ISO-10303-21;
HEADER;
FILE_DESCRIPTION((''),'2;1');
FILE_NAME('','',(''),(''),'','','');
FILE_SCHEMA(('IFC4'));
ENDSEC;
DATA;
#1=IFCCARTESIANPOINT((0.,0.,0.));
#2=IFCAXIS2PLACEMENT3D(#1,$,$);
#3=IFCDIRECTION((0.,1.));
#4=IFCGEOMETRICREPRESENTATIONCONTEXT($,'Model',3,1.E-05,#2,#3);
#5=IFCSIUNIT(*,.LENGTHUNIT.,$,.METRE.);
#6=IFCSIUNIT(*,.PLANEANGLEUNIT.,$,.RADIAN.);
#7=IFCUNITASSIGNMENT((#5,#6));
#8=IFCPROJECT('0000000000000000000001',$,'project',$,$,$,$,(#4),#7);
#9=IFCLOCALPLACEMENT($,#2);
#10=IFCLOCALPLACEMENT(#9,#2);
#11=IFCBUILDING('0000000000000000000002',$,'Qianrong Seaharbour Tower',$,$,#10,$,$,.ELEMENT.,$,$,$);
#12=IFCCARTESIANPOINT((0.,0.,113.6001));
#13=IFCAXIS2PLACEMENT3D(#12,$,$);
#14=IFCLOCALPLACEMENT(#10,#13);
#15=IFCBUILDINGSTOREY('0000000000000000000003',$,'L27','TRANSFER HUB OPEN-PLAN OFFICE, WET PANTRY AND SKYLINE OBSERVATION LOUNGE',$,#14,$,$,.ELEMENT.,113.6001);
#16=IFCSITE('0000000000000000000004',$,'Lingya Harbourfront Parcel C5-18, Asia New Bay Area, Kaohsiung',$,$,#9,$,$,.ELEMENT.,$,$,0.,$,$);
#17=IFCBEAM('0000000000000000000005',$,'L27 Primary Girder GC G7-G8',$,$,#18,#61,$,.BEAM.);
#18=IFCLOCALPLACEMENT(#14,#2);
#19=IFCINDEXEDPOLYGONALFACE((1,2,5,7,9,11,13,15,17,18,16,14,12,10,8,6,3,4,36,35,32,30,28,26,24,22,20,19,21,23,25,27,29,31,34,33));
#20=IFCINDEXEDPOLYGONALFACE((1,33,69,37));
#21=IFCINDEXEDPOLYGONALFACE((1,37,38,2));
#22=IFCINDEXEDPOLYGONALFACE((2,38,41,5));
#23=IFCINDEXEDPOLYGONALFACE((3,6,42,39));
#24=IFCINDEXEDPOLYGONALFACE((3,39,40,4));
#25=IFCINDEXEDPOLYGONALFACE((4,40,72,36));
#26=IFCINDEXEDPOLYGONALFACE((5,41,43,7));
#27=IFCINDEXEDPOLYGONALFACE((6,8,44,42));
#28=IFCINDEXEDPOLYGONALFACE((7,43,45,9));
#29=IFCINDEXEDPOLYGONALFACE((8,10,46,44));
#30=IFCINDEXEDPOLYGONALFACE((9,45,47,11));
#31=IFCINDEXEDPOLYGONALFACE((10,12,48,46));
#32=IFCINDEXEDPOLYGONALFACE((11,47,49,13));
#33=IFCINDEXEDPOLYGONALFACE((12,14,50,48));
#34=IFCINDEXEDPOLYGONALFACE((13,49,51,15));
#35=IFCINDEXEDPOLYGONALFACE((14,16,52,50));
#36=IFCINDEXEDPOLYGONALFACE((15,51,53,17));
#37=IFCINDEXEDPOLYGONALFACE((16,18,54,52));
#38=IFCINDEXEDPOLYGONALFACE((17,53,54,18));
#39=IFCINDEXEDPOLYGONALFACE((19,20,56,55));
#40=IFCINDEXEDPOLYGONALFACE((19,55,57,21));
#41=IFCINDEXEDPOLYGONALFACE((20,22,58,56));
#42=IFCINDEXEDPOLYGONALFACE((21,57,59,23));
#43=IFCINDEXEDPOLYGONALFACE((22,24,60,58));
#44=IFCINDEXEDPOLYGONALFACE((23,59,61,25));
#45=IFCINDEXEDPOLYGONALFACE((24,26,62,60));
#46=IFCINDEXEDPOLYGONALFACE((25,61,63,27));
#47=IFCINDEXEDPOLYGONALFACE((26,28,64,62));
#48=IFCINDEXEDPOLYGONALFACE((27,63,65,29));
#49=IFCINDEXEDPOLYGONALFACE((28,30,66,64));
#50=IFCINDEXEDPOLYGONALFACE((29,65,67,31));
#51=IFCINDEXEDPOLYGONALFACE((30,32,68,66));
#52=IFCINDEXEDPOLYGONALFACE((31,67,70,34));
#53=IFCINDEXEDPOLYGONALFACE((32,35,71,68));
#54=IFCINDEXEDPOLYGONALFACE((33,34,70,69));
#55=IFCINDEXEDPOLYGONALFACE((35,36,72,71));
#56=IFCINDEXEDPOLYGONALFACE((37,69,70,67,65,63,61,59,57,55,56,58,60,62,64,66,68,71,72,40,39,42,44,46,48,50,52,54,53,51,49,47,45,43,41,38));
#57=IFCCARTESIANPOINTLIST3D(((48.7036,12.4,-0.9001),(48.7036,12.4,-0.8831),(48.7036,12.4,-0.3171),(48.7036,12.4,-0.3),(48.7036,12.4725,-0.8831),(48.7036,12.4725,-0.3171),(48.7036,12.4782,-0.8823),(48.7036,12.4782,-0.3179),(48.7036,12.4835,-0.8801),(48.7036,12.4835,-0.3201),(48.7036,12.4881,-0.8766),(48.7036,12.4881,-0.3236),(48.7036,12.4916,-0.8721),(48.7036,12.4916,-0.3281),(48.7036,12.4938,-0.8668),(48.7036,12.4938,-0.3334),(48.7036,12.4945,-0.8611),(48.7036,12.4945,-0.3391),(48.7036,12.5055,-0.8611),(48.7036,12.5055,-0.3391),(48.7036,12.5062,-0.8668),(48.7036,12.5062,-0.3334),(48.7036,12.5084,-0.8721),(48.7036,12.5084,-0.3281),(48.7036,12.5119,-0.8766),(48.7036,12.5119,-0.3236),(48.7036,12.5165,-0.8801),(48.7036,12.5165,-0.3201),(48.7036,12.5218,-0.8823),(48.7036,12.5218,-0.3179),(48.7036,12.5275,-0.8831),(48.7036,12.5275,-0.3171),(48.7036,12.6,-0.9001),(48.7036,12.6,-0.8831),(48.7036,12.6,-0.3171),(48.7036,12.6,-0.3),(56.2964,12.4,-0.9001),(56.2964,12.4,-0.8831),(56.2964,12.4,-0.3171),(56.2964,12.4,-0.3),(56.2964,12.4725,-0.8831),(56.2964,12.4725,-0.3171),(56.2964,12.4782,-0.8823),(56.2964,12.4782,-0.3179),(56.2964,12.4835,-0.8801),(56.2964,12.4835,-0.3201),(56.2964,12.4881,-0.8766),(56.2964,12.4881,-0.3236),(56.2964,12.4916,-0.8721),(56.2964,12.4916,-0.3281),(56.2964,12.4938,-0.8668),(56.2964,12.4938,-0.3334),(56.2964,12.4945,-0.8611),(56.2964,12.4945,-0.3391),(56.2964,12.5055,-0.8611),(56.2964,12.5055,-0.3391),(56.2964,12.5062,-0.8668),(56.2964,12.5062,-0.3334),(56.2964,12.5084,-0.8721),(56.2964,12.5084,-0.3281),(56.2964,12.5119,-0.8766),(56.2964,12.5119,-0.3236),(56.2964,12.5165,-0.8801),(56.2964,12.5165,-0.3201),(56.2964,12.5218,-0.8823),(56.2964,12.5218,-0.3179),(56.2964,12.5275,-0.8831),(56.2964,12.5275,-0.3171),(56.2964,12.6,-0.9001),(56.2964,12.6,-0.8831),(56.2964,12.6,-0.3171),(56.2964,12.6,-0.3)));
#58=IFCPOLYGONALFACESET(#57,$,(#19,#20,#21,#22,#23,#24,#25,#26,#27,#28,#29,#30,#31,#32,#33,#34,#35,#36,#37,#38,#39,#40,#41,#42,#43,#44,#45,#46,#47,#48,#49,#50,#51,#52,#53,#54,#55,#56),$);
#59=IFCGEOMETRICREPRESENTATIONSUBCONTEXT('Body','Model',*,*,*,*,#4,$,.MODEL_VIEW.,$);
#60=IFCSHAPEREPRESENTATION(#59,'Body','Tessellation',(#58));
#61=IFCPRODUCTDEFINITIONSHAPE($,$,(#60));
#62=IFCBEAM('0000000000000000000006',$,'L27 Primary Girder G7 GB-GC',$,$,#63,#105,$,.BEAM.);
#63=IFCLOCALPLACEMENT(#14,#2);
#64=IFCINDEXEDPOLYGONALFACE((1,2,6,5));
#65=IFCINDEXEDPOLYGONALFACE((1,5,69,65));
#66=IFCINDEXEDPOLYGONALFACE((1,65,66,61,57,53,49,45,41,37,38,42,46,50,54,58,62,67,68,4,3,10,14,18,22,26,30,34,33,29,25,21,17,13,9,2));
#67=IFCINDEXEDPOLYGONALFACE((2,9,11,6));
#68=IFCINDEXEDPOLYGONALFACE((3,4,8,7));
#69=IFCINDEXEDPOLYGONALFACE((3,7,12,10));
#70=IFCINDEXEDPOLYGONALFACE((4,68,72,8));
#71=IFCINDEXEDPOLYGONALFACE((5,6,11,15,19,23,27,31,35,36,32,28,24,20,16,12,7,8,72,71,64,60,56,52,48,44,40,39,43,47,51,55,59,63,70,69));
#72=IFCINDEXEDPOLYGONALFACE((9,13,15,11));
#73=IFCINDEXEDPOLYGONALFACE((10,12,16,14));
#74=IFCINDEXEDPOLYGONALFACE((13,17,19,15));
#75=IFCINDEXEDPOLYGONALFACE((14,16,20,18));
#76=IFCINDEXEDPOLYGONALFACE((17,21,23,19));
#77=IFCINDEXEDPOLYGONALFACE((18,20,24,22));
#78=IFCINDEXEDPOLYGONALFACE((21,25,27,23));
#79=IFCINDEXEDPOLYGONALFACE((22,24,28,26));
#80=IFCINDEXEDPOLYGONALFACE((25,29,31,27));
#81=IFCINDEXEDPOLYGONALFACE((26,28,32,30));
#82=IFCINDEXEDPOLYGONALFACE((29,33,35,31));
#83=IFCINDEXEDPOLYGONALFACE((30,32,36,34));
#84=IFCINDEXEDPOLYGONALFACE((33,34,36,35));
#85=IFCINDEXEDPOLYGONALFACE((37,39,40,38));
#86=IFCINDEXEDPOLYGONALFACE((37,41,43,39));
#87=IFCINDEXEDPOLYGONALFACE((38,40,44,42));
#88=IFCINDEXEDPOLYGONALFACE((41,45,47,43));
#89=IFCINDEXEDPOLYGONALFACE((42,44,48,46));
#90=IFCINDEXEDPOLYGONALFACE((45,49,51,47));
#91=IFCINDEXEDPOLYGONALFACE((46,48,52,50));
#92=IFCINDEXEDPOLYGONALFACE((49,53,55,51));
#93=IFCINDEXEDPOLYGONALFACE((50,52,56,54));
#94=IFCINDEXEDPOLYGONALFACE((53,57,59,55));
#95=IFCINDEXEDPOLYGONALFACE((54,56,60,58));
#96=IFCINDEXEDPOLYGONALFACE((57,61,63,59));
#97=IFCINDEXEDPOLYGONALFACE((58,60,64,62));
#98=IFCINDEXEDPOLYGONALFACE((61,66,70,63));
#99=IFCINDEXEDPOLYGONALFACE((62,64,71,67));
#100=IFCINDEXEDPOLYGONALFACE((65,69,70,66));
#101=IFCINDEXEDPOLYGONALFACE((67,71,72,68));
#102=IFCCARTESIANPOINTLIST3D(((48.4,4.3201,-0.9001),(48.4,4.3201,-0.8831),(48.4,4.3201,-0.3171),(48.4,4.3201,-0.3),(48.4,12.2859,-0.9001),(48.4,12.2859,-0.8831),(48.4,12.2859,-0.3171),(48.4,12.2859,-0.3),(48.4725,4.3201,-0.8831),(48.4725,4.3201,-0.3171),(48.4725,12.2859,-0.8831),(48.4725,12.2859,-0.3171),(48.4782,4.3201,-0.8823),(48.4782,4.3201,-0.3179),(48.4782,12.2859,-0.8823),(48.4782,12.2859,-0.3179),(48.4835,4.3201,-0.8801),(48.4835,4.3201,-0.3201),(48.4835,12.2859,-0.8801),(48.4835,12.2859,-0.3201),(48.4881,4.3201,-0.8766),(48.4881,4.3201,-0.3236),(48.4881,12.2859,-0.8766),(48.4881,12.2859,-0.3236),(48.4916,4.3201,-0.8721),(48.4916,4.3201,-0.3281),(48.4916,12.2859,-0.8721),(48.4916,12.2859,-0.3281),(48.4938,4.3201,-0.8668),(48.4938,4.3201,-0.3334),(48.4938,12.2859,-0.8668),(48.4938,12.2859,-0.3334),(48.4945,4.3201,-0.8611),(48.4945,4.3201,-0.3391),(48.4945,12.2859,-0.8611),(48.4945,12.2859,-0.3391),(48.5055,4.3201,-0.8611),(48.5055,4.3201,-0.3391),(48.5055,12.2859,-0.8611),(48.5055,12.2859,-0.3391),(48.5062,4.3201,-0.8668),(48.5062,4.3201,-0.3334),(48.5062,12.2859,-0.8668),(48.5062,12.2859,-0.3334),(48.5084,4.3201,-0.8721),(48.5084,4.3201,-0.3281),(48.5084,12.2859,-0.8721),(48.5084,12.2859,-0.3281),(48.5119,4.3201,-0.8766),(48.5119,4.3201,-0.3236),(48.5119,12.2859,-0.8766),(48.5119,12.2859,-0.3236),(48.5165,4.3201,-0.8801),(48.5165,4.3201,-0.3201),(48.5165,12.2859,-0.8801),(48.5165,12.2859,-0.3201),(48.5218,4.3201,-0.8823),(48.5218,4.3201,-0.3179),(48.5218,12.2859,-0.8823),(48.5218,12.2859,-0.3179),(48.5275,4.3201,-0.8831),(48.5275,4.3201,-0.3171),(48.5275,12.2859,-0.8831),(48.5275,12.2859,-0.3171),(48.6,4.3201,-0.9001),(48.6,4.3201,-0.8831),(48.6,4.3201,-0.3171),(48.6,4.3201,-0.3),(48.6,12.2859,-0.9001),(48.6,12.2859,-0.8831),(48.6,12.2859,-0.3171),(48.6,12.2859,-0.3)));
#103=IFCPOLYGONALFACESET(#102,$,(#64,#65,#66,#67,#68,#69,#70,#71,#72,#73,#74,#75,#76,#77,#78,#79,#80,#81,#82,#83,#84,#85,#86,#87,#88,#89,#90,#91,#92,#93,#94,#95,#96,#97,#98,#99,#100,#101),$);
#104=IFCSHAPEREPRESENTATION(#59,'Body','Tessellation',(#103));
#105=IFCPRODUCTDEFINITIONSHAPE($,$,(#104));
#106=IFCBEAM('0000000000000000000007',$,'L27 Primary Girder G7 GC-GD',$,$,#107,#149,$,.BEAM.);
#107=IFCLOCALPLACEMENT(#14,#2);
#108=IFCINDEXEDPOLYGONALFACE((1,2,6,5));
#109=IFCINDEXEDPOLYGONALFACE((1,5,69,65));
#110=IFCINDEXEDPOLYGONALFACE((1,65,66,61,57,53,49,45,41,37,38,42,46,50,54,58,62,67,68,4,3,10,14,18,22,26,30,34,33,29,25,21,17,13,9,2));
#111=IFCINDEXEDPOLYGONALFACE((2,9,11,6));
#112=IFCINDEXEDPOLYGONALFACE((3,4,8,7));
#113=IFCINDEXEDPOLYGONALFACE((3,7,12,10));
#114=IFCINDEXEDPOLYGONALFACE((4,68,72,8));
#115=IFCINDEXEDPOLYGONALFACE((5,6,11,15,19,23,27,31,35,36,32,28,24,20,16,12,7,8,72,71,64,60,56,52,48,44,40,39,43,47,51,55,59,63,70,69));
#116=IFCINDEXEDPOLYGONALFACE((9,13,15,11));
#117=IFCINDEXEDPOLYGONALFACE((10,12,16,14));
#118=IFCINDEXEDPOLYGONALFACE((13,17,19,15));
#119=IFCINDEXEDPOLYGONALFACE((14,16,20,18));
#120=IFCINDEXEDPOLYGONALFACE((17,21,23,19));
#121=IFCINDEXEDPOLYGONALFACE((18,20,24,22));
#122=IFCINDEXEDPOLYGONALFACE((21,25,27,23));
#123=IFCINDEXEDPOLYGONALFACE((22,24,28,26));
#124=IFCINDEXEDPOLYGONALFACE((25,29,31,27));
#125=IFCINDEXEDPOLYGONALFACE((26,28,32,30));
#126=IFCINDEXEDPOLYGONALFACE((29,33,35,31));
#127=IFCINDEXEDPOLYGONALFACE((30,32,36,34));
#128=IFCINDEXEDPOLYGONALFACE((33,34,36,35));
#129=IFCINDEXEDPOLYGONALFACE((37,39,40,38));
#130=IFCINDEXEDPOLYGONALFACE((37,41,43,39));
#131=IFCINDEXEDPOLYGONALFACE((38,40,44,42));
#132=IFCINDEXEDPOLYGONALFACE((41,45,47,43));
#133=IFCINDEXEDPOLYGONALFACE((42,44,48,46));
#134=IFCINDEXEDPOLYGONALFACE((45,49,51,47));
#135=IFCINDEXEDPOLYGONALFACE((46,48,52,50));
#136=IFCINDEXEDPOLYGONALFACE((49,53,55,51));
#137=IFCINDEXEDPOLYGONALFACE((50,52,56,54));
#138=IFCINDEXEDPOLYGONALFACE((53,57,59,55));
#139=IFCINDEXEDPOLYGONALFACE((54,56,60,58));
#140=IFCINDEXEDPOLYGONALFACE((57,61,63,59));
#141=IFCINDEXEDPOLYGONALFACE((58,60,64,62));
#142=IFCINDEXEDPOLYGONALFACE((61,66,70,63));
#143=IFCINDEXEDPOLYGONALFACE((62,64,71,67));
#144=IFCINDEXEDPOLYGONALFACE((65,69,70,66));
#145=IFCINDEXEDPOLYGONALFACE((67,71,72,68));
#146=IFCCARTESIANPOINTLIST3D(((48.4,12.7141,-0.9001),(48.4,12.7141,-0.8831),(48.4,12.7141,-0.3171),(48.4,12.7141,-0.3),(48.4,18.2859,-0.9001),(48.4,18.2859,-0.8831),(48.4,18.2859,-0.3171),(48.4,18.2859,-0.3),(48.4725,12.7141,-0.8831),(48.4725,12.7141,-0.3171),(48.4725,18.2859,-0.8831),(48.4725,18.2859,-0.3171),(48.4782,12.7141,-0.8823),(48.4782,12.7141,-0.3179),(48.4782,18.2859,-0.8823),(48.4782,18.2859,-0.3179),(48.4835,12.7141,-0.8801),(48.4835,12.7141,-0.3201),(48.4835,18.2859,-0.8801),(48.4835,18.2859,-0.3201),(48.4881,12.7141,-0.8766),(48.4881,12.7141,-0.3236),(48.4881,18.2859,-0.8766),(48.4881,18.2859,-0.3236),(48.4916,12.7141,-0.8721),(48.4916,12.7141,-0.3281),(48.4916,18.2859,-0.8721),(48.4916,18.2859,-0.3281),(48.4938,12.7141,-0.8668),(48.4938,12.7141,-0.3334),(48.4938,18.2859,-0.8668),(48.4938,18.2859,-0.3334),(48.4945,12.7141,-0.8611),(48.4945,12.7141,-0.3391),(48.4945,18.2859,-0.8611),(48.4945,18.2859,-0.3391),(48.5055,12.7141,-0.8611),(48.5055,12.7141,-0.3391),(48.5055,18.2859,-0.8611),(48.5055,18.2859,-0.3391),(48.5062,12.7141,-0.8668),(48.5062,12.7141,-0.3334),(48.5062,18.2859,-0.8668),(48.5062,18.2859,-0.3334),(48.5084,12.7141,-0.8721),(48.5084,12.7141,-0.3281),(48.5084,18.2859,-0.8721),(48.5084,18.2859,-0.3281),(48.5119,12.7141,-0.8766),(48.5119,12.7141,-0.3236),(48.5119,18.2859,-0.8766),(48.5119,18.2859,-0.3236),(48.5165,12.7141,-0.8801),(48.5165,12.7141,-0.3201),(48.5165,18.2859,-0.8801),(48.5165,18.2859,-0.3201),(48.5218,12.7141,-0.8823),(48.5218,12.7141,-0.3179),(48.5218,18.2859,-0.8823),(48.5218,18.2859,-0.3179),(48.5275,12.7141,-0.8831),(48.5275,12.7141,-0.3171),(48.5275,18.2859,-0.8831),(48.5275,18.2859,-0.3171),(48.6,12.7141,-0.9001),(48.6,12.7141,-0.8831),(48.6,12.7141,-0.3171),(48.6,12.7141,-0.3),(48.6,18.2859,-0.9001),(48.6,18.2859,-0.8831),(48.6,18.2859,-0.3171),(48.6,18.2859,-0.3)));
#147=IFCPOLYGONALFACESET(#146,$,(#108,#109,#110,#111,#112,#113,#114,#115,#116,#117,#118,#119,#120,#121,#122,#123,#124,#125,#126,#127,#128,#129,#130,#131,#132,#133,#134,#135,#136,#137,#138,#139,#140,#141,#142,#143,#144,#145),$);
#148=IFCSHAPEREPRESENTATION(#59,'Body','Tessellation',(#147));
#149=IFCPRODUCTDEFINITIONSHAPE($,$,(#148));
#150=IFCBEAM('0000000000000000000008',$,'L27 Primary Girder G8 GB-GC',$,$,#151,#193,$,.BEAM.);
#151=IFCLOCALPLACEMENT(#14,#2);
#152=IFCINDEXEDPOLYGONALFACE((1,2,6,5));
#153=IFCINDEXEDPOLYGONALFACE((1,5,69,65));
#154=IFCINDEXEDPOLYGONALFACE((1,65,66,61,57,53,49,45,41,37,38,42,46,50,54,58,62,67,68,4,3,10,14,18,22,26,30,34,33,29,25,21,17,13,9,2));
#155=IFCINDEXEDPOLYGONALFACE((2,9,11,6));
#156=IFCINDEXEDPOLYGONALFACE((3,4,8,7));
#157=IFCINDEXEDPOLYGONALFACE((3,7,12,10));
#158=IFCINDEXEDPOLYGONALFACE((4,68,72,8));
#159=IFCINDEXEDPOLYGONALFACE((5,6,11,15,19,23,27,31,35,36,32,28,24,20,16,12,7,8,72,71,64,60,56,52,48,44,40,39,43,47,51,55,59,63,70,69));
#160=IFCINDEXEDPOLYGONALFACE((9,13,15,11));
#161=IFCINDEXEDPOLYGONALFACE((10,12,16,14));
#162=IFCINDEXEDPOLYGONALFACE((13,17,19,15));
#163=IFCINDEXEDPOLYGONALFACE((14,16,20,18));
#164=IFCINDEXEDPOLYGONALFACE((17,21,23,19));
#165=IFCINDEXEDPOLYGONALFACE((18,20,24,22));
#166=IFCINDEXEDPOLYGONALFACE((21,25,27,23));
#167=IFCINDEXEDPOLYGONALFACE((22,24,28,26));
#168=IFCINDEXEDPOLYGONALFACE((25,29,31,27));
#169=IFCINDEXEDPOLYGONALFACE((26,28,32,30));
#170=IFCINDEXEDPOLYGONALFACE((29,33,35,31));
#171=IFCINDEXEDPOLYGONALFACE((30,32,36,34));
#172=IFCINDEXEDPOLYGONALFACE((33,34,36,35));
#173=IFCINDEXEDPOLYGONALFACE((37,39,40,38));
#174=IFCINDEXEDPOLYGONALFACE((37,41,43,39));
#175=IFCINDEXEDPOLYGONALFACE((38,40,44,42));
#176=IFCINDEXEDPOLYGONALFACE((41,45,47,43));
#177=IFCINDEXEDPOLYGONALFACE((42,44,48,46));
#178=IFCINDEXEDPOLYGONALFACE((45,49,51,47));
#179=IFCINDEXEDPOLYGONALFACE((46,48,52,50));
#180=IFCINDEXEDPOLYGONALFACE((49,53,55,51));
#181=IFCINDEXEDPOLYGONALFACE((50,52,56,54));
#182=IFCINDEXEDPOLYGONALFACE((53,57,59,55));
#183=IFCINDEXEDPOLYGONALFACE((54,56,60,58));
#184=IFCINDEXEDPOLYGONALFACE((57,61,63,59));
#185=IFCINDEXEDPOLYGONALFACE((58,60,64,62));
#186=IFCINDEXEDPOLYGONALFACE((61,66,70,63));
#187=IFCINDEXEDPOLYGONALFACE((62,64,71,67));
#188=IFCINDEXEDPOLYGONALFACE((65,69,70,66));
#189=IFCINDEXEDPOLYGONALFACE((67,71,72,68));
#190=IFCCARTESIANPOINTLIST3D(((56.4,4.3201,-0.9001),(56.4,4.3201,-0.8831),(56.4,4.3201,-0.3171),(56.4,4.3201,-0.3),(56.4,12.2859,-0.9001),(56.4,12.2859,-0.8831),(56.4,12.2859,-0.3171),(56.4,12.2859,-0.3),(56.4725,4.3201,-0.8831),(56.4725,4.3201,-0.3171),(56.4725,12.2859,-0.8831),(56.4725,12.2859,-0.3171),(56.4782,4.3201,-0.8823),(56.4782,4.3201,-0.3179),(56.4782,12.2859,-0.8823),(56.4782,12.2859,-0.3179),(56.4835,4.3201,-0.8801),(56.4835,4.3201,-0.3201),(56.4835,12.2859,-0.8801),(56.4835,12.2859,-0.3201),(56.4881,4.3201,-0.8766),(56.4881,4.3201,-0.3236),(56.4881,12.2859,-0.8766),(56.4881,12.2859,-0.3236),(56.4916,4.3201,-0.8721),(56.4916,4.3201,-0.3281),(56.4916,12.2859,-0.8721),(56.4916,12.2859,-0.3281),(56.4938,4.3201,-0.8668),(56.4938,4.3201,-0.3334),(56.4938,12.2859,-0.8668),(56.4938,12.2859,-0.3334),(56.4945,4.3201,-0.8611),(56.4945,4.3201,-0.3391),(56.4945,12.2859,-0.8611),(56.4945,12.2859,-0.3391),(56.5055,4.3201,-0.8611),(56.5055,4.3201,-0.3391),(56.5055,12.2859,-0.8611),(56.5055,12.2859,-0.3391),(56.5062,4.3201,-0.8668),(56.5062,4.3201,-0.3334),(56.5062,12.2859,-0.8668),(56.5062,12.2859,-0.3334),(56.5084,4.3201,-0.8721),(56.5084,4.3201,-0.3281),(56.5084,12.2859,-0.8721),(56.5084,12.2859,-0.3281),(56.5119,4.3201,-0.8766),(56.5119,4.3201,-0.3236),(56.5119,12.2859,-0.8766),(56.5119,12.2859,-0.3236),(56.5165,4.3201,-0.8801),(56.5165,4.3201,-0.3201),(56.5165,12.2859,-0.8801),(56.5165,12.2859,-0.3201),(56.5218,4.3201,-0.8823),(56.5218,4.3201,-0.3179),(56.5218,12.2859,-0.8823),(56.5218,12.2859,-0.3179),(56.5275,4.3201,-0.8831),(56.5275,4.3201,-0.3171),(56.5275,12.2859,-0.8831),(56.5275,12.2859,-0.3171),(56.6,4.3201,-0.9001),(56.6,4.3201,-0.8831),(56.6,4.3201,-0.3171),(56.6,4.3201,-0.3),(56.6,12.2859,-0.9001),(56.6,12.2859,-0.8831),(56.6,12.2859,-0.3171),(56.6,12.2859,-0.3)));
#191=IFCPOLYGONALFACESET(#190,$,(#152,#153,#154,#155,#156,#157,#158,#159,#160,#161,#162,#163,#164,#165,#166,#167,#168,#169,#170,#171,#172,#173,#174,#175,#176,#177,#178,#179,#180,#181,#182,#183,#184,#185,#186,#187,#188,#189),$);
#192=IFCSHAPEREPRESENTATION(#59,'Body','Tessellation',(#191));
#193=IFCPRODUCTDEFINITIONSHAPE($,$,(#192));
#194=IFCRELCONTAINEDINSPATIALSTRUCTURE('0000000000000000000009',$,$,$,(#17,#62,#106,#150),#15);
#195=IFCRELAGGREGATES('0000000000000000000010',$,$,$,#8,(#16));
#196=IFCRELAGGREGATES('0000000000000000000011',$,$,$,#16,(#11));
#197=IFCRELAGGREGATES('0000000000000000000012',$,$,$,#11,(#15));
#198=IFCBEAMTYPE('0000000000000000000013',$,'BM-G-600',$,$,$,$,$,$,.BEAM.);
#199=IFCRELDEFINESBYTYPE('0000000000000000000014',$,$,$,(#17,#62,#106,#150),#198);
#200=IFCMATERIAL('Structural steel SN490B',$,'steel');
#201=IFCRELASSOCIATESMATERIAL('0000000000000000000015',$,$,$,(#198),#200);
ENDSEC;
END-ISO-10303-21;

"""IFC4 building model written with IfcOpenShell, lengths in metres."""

from ifc_helpers import new_model, si_unit, direction, frame, origin, origin_2d, place, context, subcontext, project, spatial, i_section, extrude, material, material_profile, profile_set, type_object, element, save


model = new_model("IFC4")

# Units and contexts
model_context = context("Model", 3, precision=1e-05, world=origin(), true_north=direction((0.0, 1.0)))
body_context = subcontext(model_context, "Body", "Model", "MODEL_VIEW")
ifc_project = project(units=[si_unit("LENGTHUNIT", "METRE"), si_unit("PLANEANGLEUNIT", "RADIAN")], contexts=[model_context])

# Site, building, storey
site_placement = place(None, origin())
site = spatial("IfcSite", under=ifc_project, at=site_placement, Name="Lingya Harbourfront Parcel C5-18, Asia New Bay Area, Kaohsiung", CompositionType="ELEMENT", RefElevation=0.0)
building_placement = place(site_placement, origin())
building = spatial("IfcBuilding", under=site, at=building_placement, Name="Qianrong Seaharbour Tower", CompositionType="ELEMENT")
storey_placement = place(building_placement, frame((0.0, 0.0, 113.6001)))
storey = spatial("IfcBuildingStorey", under=building, at=storey_placement, Name="L27", Description="TRANSFER HUB OPEN-PLAN OFFICE, WET PANTRY AND SKYLINE OBSERVATION LOUNGE", CompositionType="ELEMENT", Elevation=113.6001)

# Shared definitions
ifc_material_1 = material(Name="Structural steel SN490B", Category="steel")

# Beams
ifc_material_profile_1 = material_profile(ifc_material_1, i_section(OverallWidth=0.2, OverallDepth=0.6001, WebThickness=0.011, FlangeThickness=0.0171, FilletRadius=0.022, at=origin_2d()), Name="H600x200x11x17")
ifc_profile_set_1 = profile_set([ifc_material_profile_1], Name="Structural steel SN490B")
beam_type_1 = type_object("IfcBeamType", Name="BM-G-600", PredefinedType="BEAM", material=ifc_profile_set_1)
beam_1_placement = place(storey_placement, frame((48.7036, 12.5, -0.6001), z_axis=(1.0, 0.0, 0.0), x_axis=(0.0, 1.0, 0.0)))
element("IfcBeam", 1, at=beam_1_placement, inside=storey, type_object=beam_type_1, Name="L27 Primary Girder GC G7-G8", PredefinedType="BEAM", context=body_context, shape_type="SweptSolid", body=[
    extrude(i_section(OverallWidth=0.2, OverallDepth=0.6001, WebThickness=0.011, FlangeThickness=0.0171, FilletRadius=0.022, at=origin_2d()), origin(), (0.0, 0.0, 1.0), 7.5928),
])
beam_2_placement = place(storey_placement, frame((48.5, 4.3201, -0.6001), z_axis=(0.0, 1.0, 0.0), x_axis=(-1.0, 0.0, 0.0)))
element("IfcBeam", 2, at=beam_2_placement, inside=storey, type_object=beam_type_1, Name="L27 Primary Girder G7 GB-GC", PredefinedType="BEAM", context=body_context, shape_type="SweptSolid", body=[
    extrude(i_section(OverallWidth=0.2, OverallDepth=0.6001, WebThickness=0.011, FlangeThickness=0.0171, FilletRadius=0.022, at=origin_2d()), origin(), (0.0, 0.0, 1.0), 7.9658),
])
beam_3_placement = place(storey_placement, frame((48.5, 12.7141, -0.6001), z_axis=(0.0, 1.0, 0.0), x_axis=(-1.0, 0.0, 0.0)))
element("IfcBeam", 3, at=beam_3_placement, inside=storey, type_object=beam_type_1, Name="L27 Primary Girder G7 GC-GD", PredefinedType="BEAM", context=body_context, shape_type="SweptSolid", body=[
    extrude(i_section(OverallWidth=0.2, OverallDepth=0.6001, WebThickness=0.011, FlangeThickness=0.0171, FilletRadius=0.022, at=origin_2d()), origin(), (0.0, 0.0, 1.0), 5.5718),
])
beam_4_placement = place(storey_placement, frame((56.5, 4.3201, -0.6001), z_axis=(0.0, 1.0, 0.0), x_axis=(-1.0, 0.0, 0.0)))
element("IfcBeam", 4, at=beam_4_placement, inside=storey, type_object=beam_type_1, Name="L27 Primary Girder G8 GB-GC", PredefinedType="BEAM", context=body_context, shape_type="SweptSolid", body=[
    extrude(i_section(OverallWidth=0.2, OverallDepth=0.6001, WebThickness=0.011, FlangeThickness=0.0171, FilletRadius=0.022, at=origin_2d()), origin(), (0.0, 0.0, 1.0), 7.9658),
])

save(model, "model.ifc")
